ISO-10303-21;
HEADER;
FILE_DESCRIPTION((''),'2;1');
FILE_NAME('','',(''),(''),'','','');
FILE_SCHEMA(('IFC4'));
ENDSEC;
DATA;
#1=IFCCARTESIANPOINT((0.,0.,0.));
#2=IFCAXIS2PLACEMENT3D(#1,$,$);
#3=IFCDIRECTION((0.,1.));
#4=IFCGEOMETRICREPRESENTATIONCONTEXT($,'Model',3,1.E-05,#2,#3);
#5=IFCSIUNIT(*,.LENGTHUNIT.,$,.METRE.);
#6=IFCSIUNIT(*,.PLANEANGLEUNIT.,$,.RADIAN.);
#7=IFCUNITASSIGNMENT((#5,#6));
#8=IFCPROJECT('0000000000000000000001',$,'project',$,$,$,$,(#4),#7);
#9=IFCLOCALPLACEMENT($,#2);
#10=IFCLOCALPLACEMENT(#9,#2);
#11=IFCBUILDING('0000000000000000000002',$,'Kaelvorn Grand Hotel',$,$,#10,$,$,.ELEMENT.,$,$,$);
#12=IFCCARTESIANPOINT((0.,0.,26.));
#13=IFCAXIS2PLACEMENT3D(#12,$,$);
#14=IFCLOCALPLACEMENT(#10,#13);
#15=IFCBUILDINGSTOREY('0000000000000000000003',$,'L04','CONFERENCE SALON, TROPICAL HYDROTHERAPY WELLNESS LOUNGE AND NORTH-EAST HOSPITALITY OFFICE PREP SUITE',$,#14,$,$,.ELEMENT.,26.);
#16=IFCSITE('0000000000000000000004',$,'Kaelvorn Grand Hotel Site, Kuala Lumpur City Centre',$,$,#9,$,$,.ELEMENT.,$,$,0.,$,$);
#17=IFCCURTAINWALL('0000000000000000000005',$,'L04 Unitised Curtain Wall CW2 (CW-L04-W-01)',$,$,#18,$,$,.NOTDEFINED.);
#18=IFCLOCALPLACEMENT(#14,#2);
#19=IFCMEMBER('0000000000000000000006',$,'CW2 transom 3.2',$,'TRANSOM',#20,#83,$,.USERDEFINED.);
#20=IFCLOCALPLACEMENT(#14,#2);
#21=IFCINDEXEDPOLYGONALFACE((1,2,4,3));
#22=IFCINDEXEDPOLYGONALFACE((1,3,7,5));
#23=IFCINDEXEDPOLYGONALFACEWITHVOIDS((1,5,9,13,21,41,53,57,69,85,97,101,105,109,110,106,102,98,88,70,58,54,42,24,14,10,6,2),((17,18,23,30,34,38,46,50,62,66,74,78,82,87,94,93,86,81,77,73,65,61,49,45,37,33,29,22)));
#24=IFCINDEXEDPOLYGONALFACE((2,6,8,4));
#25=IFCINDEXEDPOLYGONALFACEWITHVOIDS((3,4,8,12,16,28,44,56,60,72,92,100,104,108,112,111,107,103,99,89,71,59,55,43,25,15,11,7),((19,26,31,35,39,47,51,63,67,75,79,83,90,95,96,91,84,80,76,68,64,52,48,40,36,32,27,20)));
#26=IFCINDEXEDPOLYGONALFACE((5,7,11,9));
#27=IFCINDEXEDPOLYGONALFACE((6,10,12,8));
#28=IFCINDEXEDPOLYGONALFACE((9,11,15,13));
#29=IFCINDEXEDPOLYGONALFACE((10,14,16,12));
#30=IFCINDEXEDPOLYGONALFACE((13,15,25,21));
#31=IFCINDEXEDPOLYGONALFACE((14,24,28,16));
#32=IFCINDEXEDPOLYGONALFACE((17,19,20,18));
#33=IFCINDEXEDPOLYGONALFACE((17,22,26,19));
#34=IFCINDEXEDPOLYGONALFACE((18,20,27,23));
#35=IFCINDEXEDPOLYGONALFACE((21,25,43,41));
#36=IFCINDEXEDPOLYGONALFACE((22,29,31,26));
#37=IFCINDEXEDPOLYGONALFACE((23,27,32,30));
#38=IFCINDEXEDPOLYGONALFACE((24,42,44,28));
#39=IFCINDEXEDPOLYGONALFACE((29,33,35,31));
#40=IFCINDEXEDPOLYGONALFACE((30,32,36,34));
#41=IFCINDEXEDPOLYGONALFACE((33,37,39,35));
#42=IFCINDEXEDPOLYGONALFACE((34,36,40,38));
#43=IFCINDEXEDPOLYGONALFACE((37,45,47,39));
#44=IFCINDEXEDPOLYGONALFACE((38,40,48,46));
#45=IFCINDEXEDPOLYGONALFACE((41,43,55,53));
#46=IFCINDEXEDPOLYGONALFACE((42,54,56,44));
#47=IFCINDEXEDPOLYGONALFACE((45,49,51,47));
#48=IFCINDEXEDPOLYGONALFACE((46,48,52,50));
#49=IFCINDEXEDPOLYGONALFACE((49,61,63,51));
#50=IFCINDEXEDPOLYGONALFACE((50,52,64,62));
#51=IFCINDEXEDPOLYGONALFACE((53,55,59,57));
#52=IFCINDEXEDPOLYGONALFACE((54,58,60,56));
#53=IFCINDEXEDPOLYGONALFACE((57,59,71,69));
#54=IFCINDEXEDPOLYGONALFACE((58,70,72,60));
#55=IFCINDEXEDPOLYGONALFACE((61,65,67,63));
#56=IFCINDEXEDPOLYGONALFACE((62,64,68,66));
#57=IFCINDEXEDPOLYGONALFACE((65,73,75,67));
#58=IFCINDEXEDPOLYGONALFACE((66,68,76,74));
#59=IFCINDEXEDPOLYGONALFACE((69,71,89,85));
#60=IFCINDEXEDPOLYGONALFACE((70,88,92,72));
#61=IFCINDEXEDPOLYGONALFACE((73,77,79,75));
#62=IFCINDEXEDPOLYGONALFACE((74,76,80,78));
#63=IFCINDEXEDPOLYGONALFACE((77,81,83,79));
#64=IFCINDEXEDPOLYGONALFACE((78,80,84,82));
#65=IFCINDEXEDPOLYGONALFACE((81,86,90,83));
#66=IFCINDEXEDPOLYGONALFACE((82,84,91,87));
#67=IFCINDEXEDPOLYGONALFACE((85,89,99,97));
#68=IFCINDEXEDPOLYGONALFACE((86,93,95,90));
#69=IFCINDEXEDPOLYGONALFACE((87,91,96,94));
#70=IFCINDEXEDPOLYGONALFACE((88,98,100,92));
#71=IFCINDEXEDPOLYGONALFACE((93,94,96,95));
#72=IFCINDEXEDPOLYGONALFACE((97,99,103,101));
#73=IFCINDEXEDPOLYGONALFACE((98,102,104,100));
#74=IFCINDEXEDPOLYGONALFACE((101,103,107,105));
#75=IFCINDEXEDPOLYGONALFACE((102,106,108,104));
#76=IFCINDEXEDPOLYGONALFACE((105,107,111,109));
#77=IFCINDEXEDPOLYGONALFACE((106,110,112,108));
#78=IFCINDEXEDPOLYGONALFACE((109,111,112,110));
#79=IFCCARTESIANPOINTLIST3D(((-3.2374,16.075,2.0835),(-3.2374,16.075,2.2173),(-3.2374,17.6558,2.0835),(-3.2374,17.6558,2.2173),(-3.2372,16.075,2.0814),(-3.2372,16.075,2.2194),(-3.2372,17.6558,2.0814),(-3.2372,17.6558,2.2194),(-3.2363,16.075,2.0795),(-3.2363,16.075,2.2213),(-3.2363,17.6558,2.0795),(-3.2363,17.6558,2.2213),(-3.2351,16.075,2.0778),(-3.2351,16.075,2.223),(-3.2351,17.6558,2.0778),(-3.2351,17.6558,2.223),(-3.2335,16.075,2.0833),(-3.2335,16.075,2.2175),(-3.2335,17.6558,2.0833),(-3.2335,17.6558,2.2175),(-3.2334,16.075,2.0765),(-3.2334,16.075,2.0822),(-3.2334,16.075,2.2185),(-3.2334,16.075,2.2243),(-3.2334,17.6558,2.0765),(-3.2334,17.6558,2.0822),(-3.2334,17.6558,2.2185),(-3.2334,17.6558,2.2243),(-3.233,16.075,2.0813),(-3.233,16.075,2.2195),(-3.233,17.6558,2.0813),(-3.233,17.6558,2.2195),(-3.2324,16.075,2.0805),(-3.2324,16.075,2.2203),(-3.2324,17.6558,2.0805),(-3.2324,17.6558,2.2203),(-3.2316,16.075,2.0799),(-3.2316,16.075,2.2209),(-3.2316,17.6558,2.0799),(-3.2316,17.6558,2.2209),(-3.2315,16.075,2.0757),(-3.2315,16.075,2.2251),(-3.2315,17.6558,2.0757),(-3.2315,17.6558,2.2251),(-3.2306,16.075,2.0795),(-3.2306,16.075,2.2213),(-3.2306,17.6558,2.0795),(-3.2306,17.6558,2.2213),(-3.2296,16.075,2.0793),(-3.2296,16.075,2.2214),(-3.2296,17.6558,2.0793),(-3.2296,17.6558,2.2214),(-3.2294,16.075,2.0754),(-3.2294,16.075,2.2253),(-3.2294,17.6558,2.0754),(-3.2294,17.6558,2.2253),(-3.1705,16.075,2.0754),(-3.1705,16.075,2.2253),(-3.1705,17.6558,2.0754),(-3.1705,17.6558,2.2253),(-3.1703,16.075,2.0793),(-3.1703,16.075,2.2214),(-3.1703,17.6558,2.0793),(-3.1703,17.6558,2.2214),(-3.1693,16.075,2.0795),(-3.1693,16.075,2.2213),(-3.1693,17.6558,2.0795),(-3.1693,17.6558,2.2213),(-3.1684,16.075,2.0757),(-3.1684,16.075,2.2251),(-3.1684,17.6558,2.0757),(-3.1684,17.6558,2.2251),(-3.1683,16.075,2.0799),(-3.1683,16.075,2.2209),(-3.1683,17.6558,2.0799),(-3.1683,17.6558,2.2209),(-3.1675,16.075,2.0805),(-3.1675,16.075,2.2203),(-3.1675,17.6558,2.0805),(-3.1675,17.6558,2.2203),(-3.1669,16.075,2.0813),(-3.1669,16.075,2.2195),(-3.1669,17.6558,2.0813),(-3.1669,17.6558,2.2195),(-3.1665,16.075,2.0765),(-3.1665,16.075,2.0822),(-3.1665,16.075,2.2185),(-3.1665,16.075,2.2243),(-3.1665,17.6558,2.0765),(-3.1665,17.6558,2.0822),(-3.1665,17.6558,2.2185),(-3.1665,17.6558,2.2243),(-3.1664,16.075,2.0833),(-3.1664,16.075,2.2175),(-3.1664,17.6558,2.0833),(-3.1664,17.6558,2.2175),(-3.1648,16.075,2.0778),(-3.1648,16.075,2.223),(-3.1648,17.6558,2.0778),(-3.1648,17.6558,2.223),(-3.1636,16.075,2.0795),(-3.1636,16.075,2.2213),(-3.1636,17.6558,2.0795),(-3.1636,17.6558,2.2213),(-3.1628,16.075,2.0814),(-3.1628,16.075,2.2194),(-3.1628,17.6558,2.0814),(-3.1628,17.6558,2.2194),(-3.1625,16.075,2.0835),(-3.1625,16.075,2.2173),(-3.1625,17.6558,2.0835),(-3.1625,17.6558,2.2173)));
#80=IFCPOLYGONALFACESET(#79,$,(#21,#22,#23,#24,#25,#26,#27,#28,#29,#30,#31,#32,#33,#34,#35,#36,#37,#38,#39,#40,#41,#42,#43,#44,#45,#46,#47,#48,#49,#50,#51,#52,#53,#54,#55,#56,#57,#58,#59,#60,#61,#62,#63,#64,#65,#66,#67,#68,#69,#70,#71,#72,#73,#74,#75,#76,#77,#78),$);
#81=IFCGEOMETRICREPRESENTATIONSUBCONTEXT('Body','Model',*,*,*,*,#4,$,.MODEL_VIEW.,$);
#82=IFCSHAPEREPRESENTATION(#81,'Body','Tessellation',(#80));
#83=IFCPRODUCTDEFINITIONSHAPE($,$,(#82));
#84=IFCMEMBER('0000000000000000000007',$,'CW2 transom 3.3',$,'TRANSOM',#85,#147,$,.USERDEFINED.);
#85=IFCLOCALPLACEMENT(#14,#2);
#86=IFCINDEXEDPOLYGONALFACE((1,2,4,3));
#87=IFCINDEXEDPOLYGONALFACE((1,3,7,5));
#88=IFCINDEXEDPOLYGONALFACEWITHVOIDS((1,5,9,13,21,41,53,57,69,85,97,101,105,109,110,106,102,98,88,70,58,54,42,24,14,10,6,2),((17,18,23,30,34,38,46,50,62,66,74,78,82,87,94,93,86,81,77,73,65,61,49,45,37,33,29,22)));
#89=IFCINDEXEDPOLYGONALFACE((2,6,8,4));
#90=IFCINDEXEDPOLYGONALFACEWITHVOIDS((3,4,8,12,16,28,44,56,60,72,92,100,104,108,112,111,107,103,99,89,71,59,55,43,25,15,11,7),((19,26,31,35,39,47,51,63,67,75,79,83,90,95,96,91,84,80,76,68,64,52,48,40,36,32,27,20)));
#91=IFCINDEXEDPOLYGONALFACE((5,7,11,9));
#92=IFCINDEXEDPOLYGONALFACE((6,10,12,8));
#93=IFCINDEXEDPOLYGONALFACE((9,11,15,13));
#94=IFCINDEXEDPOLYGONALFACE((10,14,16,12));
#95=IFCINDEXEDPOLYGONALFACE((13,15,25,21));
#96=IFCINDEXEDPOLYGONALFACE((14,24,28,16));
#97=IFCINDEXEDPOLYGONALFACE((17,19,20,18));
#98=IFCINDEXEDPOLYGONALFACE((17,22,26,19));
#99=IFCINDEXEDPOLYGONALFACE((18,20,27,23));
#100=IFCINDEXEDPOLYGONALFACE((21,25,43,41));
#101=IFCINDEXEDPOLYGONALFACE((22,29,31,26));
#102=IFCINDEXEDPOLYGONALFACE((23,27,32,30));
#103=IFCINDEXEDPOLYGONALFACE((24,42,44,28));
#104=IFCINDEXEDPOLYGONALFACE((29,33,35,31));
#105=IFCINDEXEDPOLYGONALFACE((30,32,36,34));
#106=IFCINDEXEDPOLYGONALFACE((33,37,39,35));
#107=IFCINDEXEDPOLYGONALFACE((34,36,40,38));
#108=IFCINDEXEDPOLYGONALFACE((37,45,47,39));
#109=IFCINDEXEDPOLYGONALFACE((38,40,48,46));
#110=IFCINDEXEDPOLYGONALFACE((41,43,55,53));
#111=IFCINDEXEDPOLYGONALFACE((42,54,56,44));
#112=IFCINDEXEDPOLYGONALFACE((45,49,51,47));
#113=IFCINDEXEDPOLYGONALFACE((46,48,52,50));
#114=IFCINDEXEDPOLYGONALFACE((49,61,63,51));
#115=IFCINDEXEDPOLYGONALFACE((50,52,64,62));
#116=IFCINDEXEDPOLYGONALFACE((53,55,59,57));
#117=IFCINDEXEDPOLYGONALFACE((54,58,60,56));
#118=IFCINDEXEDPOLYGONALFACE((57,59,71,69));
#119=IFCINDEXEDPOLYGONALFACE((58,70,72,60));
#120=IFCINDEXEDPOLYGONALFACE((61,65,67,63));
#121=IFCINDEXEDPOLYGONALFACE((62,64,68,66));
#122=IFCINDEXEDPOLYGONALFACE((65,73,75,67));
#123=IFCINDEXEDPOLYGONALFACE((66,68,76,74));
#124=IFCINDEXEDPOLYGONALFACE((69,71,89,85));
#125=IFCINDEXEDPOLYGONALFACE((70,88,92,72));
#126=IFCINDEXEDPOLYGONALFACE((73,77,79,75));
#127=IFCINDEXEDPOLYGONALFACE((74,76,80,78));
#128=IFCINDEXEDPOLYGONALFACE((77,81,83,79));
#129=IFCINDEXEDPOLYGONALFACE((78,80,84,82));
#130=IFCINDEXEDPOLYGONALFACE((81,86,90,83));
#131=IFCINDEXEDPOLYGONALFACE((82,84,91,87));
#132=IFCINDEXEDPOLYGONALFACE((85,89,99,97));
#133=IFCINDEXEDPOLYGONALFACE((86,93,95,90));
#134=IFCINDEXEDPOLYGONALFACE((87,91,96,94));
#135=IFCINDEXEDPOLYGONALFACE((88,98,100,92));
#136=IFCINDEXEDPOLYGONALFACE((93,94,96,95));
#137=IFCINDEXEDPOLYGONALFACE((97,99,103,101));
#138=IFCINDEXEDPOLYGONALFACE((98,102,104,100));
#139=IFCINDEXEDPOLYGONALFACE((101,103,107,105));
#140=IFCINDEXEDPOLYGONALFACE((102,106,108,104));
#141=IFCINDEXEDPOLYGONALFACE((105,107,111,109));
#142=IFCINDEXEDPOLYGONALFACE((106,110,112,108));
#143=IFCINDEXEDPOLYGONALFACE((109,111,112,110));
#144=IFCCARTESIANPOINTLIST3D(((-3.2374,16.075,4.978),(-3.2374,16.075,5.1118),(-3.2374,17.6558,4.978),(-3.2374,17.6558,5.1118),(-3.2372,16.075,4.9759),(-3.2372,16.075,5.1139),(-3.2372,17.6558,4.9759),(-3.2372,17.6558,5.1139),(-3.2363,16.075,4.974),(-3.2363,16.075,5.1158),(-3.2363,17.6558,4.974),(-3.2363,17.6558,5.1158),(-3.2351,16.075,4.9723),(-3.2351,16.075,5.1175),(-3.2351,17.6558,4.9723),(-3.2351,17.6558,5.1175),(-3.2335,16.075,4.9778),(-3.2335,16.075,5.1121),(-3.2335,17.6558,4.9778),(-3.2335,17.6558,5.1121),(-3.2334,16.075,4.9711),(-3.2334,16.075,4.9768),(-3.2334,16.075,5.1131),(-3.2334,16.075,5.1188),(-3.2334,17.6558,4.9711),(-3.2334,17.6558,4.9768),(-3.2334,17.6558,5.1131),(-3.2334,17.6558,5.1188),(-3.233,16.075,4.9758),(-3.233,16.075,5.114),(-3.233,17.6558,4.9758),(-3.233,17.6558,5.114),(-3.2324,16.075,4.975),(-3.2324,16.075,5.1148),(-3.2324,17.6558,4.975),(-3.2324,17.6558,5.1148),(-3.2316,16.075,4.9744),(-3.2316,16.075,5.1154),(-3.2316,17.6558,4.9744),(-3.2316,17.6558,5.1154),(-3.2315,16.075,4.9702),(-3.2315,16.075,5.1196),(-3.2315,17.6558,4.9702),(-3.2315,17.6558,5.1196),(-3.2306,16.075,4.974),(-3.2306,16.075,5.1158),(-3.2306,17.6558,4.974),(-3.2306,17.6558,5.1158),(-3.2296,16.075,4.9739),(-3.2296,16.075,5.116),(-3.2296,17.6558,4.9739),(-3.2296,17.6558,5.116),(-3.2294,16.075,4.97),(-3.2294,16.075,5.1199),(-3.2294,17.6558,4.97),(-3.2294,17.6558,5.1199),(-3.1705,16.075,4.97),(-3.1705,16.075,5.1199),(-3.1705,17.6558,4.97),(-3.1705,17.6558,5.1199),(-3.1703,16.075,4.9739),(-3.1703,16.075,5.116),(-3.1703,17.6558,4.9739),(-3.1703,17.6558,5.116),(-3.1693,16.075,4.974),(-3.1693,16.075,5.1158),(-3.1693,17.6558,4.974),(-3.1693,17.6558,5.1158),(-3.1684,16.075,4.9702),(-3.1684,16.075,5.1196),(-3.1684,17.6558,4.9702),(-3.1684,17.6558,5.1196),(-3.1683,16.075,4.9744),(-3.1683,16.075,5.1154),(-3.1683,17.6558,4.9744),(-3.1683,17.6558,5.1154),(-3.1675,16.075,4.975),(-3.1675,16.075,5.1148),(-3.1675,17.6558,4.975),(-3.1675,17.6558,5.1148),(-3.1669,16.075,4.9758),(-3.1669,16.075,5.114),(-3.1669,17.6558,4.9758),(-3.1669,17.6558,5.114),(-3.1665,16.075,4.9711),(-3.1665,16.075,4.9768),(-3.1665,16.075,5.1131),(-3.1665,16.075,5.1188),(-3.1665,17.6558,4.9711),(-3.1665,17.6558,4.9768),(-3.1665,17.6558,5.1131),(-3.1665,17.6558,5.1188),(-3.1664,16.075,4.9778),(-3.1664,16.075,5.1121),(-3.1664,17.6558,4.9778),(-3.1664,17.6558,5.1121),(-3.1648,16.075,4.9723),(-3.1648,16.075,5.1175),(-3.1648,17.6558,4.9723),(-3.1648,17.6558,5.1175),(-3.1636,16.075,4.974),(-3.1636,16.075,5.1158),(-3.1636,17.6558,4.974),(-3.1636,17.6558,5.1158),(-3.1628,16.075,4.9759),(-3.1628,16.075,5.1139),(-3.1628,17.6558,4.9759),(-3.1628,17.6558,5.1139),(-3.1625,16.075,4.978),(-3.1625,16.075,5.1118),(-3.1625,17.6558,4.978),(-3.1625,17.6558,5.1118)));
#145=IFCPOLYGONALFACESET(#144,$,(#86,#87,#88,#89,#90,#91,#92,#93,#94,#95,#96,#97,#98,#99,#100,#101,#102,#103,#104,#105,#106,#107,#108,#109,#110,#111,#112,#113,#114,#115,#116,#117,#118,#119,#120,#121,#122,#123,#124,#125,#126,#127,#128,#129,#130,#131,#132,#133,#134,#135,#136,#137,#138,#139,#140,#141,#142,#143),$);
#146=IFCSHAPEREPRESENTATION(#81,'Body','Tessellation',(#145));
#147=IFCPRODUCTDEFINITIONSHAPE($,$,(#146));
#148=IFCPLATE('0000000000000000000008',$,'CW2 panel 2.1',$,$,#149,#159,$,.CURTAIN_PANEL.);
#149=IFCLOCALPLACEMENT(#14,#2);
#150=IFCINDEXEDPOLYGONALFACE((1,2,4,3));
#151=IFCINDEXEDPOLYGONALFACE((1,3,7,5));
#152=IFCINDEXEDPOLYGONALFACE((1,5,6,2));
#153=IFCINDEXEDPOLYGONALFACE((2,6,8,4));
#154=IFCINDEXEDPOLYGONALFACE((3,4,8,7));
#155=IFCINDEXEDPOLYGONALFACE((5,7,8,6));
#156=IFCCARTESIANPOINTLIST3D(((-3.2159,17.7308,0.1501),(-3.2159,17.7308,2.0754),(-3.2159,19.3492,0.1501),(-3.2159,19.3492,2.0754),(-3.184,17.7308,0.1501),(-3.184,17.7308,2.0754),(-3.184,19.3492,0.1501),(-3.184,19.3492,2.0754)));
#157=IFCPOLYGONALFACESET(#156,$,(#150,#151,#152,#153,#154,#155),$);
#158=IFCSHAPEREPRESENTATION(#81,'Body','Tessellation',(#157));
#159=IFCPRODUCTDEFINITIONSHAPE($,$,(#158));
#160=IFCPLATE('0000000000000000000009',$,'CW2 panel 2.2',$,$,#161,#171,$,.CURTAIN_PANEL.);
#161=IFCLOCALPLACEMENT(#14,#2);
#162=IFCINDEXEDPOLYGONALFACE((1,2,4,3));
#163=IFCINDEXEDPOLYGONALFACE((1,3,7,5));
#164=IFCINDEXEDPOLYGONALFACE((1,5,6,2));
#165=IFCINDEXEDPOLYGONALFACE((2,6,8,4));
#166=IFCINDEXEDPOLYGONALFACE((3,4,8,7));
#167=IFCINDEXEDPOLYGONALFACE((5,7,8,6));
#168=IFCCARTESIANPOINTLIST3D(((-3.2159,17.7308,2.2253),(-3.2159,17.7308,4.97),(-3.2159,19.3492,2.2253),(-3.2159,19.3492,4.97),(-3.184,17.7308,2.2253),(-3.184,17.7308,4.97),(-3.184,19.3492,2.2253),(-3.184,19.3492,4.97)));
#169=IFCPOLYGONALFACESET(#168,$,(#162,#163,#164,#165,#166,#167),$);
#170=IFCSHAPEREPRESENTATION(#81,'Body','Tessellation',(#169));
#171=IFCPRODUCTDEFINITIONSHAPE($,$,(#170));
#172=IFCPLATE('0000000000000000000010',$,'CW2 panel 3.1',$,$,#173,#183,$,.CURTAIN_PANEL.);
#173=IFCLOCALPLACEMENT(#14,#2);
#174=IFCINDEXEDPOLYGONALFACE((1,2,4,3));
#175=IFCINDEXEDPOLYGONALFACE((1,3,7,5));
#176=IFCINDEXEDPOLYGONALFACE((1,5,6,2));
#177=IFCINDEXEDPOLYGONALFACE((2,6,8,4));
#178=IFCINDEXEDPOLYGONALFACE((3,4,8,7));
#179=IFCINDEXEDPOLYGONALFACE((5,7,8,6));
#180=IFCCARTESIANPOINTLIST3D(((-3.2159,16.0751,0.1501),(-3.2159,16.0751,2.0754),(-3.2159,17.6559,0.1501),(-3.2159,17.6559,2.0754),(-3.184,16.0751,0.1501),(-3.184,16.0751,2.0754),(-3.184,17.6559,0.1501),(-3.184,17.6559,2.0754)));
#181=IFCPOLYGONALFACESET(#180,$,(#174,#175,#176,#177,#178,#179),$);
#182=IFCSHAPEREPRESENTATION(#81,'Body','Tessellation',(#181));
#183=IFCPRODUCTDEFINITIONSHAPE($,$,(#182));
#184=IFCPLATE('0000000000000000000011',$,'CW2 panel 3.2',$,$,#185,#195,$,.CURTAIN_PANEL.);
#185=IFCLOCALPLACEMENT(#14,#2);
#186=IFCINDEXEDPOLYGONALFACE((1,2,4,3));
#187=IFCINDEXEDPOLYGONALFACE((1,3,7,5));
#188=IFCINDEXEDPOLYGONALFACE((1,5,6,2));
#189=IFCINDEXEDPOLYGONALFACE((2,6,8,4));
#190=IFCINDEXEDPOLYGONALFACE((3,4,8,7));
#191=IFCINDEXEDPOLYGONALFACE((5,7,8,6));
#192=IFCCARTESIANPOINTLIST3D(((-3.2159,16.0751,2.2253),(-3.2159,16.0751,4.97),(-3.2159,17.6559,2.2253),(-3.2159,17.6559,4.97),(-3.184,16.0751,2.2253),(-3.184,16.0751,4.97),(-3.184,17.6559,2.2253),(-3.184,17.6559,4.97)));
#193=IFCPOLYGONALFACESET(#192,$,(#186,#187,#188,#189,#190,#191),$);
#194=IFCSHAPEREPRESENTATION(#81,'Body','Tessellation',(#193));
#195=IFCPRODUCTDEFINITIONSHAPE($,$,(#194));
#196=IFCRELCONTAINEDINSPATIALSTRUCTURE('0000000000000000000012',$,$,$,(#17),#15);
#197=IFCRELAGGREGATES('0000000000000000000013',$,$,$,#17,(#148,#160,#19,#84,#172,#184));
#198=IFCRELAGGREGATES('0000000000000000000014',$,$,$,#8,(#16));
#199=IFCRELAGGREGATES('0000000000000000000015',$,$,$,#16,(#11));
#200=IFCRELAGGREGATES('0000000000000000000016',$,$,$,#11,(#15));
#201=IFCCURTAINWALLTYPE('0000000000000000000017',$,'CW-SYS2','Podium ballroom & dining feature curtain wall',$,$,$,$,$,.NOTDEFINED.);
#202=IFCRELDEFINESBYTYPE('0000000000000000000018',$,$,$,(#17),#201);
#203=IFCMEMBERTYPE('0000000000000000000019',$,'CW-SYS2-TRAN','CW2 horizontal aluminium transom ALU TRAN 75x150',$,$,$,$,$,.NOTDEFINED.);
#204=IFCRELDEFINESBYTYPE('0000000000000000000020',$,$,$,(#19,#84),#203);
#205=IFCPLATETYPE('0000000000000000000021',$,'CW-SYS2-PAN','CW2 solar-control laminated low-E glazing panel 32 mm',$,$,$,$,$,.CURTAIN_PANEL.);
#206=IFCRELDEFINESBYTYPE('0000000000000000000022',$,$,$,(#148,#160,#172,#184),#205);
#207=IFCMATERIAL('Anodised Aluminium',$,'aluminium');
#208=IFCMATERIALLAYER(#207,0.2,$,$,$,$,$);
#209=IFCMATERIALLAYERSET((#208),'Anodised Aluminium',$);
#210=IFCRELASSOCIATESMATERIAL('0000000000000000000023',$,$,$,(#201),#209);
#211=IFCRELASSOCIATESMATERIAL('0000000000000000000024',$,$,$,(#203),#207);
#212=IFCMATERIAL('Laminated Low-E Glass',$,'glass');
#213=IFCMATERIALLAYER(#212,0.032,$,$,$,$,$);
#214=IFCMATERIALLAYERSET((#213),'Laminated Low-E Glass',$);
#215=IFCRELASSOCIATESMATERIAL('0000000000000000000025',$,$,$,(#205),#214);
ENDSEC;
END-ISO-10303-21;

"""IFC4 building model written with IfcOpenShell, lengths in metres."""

from ifc_helpers import new_model, si_unit, direction, frame, origin, origin_2d, place, context, subcontext, project, spatial, rectangle, hollow_rectangle, extrude, material, layer, layer_set, material_profile, profile_set, type_object, element, aggregate, save


model = new_model("IFC4")

# Units and contexts
model_context = context("Model", 3, precision=1e-05, world=origin(), true_north=direction((0.0, 1.0)))
body_context = subcontext(model_context, "Body", "Model", "MODEL_VIEW")
ifc_project = project(units=[si_unit("LENGTHUNIT", "METRE"), si_unit("PLANEANGLEUNIT", "RADIAN")], contexts=[model_context])

# Site, building, storey
site_placement = place(None, origin())
site = spatial("IfcSite", under=ifc_project, at=site_placement, Name="Kaelvorn Grand Hotel Site, Kuala Lumpur City Centre", CompositionType="ELEMENT", RefElevation=0.0)
building_placement = place(site_placement, origin())
building = spatial("IfcBuilding", under=site, at=building_placement, Name="Kaelvorn Grand Hotel", CompositionType="ELEMENT")
storey_placement = place(building_placement, frame((0.0, 0.0, 26.0)))
storey = spatial("IfcBuildingStorey", under=building, at=storey_placement, Name="L04", Description="CONFERENCE SALON, TROPICAL HYDROTHERAPY WELLNESS LOUNGE AND NORTH-EAST HOSPITALITY OFFICE PREP SUITE", CompositionType="ELEMENT", Elevation=26.0)

# Curtain wall, members, plates
ifc_material_1 = material(Name="Anodised Aluminium", Category="aluminium")
ifc_layer_1 = layer(ifc_material_1, 0.2)
ifc_layer_set_1 = layer_set([ifc_layer_1], Name="Anodised Aluminium")
curtain_wall_type = type_object("IfcCurtainWallType", Name="CW-SYS2", Description="Podium ballroom & dining feature curtain wall", PredefinedType="NOTDEFINED", material=ifc_layer_set_1)
curtain_wall_placement = place(storey_placement, origin())
curtain_wall = element("IfcCurtainWall", 1, at=curtain_wall_placement, inside=storey, type_object=curtain_wall_type, Name="L04 Unitised Curtain Wall CW2 (CW-L04-W-01)", PredefinedType="NOTDEFINED")
ifc_material_profile_1 = material_profile(ifc_material_1, hollow_rectangle(XDim=0.075, YDim=0.1499, WallThickness=0.0039, InnerFilletRadius=0.0039, OuterFilletRadius=0.0081, at=origin_2d()), Name="ALU TRAN 75x150")
ifc_profile_set_1 = profile_set([ifc_material_profile_1], Name="Anodised Aluminium")
member_type_1 = type_object("IfcMemberType", Name="CW-SYS2-TRAN", Description="CW2 horizontal aluminium transom ALU TRAN 75x150", PredefinedType="NOTDEFINED", material=ifc_profile_set_1)
member_1_placement = place(storey_placement, frame((-3.2, 17.6558, 2.1504), z_axis=(0.0, -1.0, 0.0), x_axis=(1.0, 0.0, 0.0)))
member_1 = element("IfcMember", 2, at=member_1_placement, type_object=member_type_1, Name="CW2 transom 3.2", ObjectType="TRANSOM", PredefinedType="USERDEFINED", context=body_context, shape_type="SweptSolid", body=[
    extrude(hollow_rectangle(XDim=0.075, YDim=0.1499, WallThickness=0.0039, InnerFilletRadius=0.0039, OuterFilletRadius=0.0081, at=origin_2d()), origin(), (0.0, 0.0, 1.0), 1.5808),
])
member_2_placement = place(storey_placement, frame((-3.2, 17.6558, 5.0449), z_axis=(0.0, -1.0, 0.0), x_axis=(1.0, 0.0, 0.0)))
member_2 = element("IfcMember", 3, at=member_2_placement, type_object=member_type_1, Name="CW2 transom 3.3", ObjectType="TRANSOM", PredefinedType="USERDEFINED", context=body_context, shape_type="SweptSolid", body=[
    extrude(hollow_rectangle(XDim=0.075, YDim=0.1499, WallThickness=0.0039, InnerFilletRadius=0.0039, OuterFilletRadius=0.0081, at=origin_2d()), origin(), (0.0, 0.0, 1.0), 1.5808),
])
ifc_material_2 = material(Name="Laminated Low-E Glass", Category="glass")
ifc_layer_2 = layer(ifc_material_2, 0.032)
ifc_layer_set_2 = layer_set([ifc_layer_2], Name="Laminated Low-E Glass")
plate_type = type_object("IfcPlateType", Name="CW-SYS2-PAN", Description="CW2 solar-control laminated low-E glazing panel 32 mm", PredefinedType="CURTAIN_PANEL", material=ifc_layer_set_2)
plate_1_placement = place(storey_placement, frame((-3.2, 18.54, 0.1501), z_axis=(0.0, 0.0, 1.0), x_axis=(0.0, -1.0, 0.0)))
plate_1 = element("IfcPlate", 4, at=plate_1_placement, type_object=plate_type, Name="CW2 panel 2.1", PredefinedType="CURTAIN_PANEL", context=body_context, shape_type="SweptSolid", body=[
    extrude(rectangle(XDim=1.6184, YDim=0.032, at=origin_2d()), origin(), (0.0, 0.0, 1.0), 1.9253),
])
plate_2_placement = place(storey_placement, frame((-3.2, 18.54, 2.2253), z_axis=(0.0, 0.0, 1.0), x_axis=(0.0, -1.0, 0.0)))
plate_2 = element("IfcPlate", 5, at=plate_2_placement, type_object=plate_type, Name="CW2 panel 2.2", PredefinedType="CURTAIN_PANEL", context=body_context, shape_type="SweptSolid", body=[
    extrude(rectangle(XDim=1.6184, YDim=0.032, at=origin_2d()), origin(), (0.0, 0.0, 1.0), 2.7446),
])
plate_3_placement = place(storey_placement, frame((-3.2, 16.8655, 0.1501), z_axis=(0.0, 0.0, 1.0), x_axis=(0.0, -1.0, 0.0)))
plate_3 = element("IfcPlate", 6, at=plate_3_placement, type_object=plate_type, Name="CW2 panel 3.1", PredefinedType="CURTAIN_PANEL", context=body_context, shape_type="SweptSolid", body=[
    extrude(rectangle(XDim=1.5808, YDim=0.032, at=origin_2d()), origin(), (0.0, 0.0, 1.0), 1.9253),
])
plate_4_placement = place(storey_placement, frame((-3.2, 16.8655, 2.2253), z_axis=(0.0, 0.0, 1.0), x_axis=(0.0, -1.0, 0.0)))
plate_4 = element("IfcPlate", 7, at=plate_4_placement, type_object=plate_type, Name="CW2 panel 3.2", PredefinedType="CURTAIN_PANEL", context=body_context, shape_type="SweptSolid", body=[
    extrude(rectangle(XDim=1.5808, YDim=0.032, at=origin_2d()), origin(), (0.0, 0.0, 1.0), 2.7446),
])
aggregate(curtain_wall, [plate_1, plate_2, member_1, member_2, plate_3, plate_4])

save(model, "model.ifc")
